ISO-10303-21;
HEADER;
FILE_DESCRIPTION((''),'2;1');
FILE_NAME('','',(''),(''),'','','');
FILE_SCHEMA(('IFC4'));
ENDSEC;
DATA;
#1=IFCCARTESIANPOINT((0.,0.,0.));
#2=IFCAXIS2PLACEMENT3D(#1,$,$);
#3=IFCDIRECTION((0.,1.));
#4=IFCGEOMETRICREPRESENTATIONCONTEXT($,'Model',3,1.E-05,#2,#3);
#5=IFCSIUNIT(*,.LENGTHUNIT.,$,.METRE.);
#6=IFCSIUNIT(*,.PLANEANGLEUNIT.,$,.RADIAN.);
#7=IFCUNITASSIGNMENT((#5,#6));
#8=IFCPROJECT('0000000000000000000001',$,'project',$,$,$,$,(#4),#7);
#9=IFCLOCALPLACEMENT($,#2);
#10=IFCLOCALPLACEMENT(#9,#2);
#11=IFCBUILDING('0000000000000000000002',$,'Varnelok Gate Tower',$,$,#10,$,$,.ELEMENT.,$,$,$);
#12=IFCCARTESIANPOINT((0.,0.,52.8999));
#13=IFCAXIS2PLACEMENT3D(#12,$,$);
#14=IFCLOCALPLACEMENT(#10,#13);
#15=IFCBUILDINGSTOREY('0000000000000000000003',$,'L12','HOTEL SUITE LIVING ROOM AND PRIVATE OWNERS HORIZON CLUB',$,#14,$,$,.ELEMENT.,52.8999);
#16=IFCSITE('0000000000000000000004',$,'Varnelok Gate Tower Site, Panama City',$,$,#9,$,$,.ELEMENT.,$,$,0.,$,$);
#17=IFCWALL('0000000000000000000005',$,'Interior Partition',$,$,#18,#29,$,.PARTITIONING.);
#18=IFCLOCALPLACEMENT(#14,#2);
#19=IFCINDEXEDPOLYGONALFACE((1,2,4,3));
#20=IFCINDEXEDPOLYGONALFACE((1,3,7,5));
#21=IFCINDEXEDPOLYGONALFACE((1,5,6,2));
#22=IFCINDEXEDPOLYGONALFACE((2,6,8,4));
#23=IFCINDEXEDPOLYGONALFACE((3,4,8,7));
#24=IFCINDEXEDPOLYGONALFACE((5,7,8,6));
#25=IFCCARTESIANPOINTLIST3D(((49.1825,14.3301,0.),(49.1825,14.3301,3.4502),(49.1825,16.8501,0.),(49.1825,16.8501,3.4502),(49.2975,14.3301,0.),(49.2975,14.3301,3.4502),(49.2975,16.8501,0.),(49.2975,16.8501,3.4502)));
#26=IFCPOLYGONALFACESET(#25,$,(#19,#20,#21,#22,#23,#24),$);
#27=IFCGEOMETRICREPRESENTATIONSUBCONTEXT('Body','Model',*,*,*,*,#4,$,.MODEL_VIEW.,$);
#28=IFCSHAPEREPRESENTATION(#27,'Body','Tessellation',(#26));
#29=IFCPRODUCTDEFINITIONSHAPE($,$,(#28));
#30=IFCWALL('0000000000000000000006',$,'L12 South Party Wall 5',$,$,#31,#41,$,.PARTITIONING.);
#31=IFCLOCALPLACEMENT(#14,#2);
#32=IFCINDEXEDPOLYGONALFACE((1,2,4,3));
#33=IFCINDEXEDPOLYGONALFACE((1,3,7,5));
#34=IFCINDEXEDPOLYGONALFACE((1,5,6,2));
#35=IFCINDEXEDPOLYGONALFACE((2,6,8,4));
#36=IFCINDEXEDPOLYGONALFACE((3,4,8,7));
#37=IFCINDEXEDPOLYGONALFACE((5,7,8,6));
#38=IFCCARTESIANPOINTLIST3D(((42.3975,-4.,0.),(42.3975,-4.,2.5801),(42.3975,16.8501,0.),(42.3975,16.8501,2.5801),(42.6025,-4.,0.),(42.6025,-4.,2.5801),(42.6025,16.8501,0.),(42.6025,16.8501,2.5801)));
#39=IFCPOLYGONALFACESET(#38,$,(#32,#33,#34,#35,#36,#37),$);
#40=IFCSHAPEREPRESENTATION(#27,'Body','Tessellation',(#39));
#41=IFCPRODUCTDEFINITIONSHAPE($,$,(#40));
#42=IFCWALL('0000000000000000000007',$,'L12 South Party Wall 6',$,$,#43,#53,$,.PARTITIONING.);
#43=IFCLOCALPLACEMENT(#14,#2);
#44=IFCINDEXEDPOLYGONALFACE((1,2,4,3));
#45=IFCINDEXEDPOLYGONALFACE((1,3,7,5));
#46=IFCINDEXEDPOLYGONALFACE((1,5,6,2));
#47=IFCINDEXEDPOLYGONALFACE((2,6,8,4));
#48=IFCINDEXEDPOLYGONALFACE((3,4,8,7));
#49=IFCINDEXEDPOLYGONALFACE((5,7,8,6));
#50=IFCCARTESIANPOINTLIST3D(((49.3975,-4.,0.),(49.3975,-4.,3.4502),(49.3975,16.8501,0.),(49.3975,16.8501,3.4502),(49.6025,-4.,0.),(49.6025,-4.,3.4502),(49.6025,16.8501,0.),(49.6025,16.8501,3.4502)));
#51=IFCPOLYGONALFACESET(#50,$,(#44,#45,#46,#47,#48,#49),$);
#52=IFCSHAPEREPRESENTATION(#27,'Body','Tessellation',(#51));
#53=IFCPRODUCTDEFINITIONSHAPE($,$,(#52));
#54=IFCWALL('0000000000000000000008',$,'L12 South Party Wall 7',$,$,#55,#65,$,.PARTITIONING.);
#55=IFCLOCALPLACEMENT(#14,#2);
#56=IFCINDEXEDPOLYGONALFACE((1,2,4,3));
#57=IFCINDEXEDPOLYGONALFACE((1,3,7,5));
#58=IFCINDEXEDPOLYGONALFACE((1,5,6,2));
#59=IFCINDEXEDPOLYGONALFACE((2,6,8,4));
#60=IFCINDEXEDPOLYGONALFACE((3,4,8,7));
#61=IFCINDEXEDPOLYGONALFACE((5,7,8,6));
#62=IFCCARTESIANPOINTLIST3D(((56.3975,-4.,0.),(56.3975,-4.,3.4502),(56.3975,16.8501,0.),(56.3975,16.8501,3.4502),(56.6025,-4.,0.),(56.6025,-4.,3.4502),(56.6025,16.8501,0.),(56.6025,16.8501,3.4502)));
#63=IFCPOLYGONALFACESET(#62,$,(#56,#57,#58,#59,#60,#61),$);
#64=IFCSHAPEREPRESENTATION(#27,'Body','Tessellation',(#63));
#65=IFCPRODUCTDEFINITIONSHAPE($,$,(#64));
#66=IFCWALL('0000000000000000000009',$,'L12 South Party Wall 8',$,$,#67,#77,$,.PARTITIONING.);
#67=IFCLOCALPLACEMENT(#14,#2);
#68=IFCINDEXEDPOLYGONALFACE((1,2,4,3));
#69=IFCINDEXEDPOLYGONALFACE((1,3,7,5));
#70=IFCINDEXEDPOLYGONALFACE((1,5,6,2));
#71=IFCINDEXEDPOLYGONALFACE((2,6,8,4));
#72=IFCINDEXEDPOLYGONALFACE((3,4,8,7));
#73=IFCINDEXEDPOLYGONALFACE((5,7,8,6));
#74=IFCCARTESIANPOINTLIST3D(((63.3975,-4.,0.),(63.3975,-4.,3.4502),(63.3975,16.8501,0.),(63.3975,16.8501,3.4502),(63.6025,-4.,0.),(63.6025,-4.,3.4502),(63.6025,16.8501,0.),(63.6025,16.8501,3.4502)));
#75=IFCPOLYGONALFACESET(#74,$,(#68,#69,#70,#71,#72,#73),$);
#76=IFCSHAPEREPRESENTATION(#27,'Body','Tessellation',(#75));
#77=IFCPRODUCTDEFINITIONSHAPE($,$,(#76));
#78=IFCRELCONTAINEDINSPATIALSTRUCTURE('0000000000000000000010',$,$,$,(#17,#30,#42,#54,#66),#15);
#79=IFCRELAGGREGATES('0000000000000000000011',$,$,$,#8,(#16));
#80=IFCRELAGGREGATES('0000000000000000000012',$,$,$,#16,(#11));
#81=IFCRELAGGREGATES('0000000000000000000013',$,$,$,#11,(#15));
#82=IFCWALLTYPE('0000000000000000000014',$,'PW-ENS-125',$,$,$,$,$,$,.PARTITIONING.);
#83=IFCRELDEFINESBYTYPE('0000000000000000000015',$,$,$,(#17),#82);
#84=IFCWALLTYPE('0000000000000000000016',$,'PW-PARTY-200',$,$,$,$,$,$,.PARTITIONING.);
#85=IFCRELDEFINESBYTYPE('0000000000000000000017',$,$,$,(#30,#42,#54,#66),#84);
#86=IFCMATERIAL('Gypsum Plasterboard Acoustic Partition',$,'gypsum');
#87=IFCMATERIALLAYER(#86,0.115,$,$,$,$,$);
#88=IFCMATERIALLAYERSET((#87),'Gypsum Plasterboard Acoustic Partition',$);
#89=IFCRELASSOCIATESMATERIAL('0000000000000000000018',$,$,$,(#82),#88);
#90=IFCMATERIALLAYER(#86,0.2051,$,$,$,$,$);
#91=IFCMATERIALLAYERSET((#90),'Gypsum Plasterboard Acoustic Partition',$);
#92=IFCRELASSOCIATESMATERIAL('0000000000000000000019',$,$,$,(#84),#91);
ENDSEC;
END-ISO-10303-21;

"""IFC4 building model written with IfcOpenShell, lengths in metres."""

from ifc_helpers import new_model, si_unit, direction, frame, frame_2d, origin, place, context, subcontext, project, spatial, rectangle, extrude, material, layer, layer_set, type_object, element, save


model = new_model("IFC4")

# Units and contexts
model_context = context("Model", 3, precision=1e-05, world=origin(), true_north=direction((0.0, 1.0)))
body_context = subcontext(model_context, "Body", "Model", "MODEL_VIEW")
ifc_project = project(units=[si_unit("LENGTHUNIT", "METRE"), si_unit("PLANEANGLEUNIT", "RADIAN")], contexts=[model_context])

# Site, building, storey
site_placement = place(None, origin())
site = spatial("IfcSite", under=ifc_project, at=site_placement, Name="Varnelok Gate Tower Site, Panama City", CompositionType="ELEMENT", RefElevation=0.0)
building_placement = place(site_placement, origin())
building = spatial("IfcBuilding", under=site, at=building_placement, Name="Varnelok Gate Tower", CompositionType="ELEMENT")
storey_placement = place(building_placement, frame((0.0, 0.0, 52.8999)))
storey = spatial("IfcBuildingStorey", under=building, at=storey_placement, Name="L12", Description="HOTEL SUITE LIVING ROOM AND PRIVATE OWNERS HORIZON CLUB", CompositionType="ELEMENT", Elevation=52.8999)

# Shared definitions
ifc_material_1 = material(Name="Gypsum Plasterboard Acoustic Partition", Category="gypsum")
ifc_layer_1 = layer(ifc_material_1, 0.115)
ifc_layer_set_1 = layer_set([ifc_layer_1], Name="Gypsum Plasterboard Acoustic Partition")
wall_type_1 = type_object("IfcWallType", Name="PW-ENS-125", PredefinedType="PARTITIONING", material=ifc_layer_set_1)

# Walls
wall_1_placement = place(storey_placement, frame((49.24, 14.3301, 0.0), z_axis=(0.0, 0.0, 1.0), x_axis=(0.0, 1.0, 0.0)))
element("IfcWall", 1, at=wall_1_placement, inside=storey, type_object=wall_type_1, Name="Interior Partition", PredefinedType="PARTITIONING", context=body_context, shape_type="SweptSolid", body=[
    extrude(rectangle(XDim=2.52, YDim=0.115, at=frame_2d((1.26, 0.0))), origin(), (0.0, 0.0, 1.0), 3.4502),
])
ifc_layer_2 = layer(ifc_material_1, 0.2051)
ifc_layer_set_2 = layer_set([ifc_layer_2], Name="Gypsum Plasterboard Acoustic Partition")
wall_type_2 = type_object("IfcWallType", Name="PW-PARTY-200", PredefinedType="PARTITIONING", material=ifc_layer_set_2)
wall_2_placement = place(storey_placement, frame((42.5, -4.0, 0.0), z_axis=(0.0, 0.0, 1.0), x_axis=(0.0, 1.0, 0.0)))
element("IfcWall", 2, at=wall_2_placement, inside=storey, type_object=wall_type_2, Name="L12 South Party Wall 5", PredefinedType="PARTITIONING", context=body_context, shape_type="SweptSolid", body=[
    extrude(rectangle(XDim=20.8501, YDim=0.2051, at=frame_2d((10.425, 0.0))), origin(), (0.0, 0.0, 1.0), 2.5801),
])
for number, where, z_axis, x_axis, name in (
    (3, (49.5, -4.0, 0.0), (0.0, 0.0, 1.0), (0.0, 1.0, 0.0), "L12 South Party Wall 6"),
    (4, (56.5, -4.0, 0.0), (0.0, 0.0, 1.0), (0.0, 1.0, 0.0), "L12 South Party Wall 7"),
    (5, (63.5, -4.0, 0.0), (0.0, 0.0, 1.0), (0.0, 1.0, 0.0), "L12 South Party Wall 8"),
):
    element("IfcWall", number, at=place(storey_placement, frame(where, z_axis=z_axis, x_axis=x_axis)), inside=storey, type_object=wall_type_2, Name=name, PredefinedType="PARTITIONING", context=body_context, shape_type="SweptSolid", body=[
        extrude(rectangle(XDim=20.8501, YDim=0.2051, at=frame_2d((10.425, 0.0))), origin(), (0.0, 0.0, 1.0), 3.4502),
    ])

save(model, "model.ifc")
